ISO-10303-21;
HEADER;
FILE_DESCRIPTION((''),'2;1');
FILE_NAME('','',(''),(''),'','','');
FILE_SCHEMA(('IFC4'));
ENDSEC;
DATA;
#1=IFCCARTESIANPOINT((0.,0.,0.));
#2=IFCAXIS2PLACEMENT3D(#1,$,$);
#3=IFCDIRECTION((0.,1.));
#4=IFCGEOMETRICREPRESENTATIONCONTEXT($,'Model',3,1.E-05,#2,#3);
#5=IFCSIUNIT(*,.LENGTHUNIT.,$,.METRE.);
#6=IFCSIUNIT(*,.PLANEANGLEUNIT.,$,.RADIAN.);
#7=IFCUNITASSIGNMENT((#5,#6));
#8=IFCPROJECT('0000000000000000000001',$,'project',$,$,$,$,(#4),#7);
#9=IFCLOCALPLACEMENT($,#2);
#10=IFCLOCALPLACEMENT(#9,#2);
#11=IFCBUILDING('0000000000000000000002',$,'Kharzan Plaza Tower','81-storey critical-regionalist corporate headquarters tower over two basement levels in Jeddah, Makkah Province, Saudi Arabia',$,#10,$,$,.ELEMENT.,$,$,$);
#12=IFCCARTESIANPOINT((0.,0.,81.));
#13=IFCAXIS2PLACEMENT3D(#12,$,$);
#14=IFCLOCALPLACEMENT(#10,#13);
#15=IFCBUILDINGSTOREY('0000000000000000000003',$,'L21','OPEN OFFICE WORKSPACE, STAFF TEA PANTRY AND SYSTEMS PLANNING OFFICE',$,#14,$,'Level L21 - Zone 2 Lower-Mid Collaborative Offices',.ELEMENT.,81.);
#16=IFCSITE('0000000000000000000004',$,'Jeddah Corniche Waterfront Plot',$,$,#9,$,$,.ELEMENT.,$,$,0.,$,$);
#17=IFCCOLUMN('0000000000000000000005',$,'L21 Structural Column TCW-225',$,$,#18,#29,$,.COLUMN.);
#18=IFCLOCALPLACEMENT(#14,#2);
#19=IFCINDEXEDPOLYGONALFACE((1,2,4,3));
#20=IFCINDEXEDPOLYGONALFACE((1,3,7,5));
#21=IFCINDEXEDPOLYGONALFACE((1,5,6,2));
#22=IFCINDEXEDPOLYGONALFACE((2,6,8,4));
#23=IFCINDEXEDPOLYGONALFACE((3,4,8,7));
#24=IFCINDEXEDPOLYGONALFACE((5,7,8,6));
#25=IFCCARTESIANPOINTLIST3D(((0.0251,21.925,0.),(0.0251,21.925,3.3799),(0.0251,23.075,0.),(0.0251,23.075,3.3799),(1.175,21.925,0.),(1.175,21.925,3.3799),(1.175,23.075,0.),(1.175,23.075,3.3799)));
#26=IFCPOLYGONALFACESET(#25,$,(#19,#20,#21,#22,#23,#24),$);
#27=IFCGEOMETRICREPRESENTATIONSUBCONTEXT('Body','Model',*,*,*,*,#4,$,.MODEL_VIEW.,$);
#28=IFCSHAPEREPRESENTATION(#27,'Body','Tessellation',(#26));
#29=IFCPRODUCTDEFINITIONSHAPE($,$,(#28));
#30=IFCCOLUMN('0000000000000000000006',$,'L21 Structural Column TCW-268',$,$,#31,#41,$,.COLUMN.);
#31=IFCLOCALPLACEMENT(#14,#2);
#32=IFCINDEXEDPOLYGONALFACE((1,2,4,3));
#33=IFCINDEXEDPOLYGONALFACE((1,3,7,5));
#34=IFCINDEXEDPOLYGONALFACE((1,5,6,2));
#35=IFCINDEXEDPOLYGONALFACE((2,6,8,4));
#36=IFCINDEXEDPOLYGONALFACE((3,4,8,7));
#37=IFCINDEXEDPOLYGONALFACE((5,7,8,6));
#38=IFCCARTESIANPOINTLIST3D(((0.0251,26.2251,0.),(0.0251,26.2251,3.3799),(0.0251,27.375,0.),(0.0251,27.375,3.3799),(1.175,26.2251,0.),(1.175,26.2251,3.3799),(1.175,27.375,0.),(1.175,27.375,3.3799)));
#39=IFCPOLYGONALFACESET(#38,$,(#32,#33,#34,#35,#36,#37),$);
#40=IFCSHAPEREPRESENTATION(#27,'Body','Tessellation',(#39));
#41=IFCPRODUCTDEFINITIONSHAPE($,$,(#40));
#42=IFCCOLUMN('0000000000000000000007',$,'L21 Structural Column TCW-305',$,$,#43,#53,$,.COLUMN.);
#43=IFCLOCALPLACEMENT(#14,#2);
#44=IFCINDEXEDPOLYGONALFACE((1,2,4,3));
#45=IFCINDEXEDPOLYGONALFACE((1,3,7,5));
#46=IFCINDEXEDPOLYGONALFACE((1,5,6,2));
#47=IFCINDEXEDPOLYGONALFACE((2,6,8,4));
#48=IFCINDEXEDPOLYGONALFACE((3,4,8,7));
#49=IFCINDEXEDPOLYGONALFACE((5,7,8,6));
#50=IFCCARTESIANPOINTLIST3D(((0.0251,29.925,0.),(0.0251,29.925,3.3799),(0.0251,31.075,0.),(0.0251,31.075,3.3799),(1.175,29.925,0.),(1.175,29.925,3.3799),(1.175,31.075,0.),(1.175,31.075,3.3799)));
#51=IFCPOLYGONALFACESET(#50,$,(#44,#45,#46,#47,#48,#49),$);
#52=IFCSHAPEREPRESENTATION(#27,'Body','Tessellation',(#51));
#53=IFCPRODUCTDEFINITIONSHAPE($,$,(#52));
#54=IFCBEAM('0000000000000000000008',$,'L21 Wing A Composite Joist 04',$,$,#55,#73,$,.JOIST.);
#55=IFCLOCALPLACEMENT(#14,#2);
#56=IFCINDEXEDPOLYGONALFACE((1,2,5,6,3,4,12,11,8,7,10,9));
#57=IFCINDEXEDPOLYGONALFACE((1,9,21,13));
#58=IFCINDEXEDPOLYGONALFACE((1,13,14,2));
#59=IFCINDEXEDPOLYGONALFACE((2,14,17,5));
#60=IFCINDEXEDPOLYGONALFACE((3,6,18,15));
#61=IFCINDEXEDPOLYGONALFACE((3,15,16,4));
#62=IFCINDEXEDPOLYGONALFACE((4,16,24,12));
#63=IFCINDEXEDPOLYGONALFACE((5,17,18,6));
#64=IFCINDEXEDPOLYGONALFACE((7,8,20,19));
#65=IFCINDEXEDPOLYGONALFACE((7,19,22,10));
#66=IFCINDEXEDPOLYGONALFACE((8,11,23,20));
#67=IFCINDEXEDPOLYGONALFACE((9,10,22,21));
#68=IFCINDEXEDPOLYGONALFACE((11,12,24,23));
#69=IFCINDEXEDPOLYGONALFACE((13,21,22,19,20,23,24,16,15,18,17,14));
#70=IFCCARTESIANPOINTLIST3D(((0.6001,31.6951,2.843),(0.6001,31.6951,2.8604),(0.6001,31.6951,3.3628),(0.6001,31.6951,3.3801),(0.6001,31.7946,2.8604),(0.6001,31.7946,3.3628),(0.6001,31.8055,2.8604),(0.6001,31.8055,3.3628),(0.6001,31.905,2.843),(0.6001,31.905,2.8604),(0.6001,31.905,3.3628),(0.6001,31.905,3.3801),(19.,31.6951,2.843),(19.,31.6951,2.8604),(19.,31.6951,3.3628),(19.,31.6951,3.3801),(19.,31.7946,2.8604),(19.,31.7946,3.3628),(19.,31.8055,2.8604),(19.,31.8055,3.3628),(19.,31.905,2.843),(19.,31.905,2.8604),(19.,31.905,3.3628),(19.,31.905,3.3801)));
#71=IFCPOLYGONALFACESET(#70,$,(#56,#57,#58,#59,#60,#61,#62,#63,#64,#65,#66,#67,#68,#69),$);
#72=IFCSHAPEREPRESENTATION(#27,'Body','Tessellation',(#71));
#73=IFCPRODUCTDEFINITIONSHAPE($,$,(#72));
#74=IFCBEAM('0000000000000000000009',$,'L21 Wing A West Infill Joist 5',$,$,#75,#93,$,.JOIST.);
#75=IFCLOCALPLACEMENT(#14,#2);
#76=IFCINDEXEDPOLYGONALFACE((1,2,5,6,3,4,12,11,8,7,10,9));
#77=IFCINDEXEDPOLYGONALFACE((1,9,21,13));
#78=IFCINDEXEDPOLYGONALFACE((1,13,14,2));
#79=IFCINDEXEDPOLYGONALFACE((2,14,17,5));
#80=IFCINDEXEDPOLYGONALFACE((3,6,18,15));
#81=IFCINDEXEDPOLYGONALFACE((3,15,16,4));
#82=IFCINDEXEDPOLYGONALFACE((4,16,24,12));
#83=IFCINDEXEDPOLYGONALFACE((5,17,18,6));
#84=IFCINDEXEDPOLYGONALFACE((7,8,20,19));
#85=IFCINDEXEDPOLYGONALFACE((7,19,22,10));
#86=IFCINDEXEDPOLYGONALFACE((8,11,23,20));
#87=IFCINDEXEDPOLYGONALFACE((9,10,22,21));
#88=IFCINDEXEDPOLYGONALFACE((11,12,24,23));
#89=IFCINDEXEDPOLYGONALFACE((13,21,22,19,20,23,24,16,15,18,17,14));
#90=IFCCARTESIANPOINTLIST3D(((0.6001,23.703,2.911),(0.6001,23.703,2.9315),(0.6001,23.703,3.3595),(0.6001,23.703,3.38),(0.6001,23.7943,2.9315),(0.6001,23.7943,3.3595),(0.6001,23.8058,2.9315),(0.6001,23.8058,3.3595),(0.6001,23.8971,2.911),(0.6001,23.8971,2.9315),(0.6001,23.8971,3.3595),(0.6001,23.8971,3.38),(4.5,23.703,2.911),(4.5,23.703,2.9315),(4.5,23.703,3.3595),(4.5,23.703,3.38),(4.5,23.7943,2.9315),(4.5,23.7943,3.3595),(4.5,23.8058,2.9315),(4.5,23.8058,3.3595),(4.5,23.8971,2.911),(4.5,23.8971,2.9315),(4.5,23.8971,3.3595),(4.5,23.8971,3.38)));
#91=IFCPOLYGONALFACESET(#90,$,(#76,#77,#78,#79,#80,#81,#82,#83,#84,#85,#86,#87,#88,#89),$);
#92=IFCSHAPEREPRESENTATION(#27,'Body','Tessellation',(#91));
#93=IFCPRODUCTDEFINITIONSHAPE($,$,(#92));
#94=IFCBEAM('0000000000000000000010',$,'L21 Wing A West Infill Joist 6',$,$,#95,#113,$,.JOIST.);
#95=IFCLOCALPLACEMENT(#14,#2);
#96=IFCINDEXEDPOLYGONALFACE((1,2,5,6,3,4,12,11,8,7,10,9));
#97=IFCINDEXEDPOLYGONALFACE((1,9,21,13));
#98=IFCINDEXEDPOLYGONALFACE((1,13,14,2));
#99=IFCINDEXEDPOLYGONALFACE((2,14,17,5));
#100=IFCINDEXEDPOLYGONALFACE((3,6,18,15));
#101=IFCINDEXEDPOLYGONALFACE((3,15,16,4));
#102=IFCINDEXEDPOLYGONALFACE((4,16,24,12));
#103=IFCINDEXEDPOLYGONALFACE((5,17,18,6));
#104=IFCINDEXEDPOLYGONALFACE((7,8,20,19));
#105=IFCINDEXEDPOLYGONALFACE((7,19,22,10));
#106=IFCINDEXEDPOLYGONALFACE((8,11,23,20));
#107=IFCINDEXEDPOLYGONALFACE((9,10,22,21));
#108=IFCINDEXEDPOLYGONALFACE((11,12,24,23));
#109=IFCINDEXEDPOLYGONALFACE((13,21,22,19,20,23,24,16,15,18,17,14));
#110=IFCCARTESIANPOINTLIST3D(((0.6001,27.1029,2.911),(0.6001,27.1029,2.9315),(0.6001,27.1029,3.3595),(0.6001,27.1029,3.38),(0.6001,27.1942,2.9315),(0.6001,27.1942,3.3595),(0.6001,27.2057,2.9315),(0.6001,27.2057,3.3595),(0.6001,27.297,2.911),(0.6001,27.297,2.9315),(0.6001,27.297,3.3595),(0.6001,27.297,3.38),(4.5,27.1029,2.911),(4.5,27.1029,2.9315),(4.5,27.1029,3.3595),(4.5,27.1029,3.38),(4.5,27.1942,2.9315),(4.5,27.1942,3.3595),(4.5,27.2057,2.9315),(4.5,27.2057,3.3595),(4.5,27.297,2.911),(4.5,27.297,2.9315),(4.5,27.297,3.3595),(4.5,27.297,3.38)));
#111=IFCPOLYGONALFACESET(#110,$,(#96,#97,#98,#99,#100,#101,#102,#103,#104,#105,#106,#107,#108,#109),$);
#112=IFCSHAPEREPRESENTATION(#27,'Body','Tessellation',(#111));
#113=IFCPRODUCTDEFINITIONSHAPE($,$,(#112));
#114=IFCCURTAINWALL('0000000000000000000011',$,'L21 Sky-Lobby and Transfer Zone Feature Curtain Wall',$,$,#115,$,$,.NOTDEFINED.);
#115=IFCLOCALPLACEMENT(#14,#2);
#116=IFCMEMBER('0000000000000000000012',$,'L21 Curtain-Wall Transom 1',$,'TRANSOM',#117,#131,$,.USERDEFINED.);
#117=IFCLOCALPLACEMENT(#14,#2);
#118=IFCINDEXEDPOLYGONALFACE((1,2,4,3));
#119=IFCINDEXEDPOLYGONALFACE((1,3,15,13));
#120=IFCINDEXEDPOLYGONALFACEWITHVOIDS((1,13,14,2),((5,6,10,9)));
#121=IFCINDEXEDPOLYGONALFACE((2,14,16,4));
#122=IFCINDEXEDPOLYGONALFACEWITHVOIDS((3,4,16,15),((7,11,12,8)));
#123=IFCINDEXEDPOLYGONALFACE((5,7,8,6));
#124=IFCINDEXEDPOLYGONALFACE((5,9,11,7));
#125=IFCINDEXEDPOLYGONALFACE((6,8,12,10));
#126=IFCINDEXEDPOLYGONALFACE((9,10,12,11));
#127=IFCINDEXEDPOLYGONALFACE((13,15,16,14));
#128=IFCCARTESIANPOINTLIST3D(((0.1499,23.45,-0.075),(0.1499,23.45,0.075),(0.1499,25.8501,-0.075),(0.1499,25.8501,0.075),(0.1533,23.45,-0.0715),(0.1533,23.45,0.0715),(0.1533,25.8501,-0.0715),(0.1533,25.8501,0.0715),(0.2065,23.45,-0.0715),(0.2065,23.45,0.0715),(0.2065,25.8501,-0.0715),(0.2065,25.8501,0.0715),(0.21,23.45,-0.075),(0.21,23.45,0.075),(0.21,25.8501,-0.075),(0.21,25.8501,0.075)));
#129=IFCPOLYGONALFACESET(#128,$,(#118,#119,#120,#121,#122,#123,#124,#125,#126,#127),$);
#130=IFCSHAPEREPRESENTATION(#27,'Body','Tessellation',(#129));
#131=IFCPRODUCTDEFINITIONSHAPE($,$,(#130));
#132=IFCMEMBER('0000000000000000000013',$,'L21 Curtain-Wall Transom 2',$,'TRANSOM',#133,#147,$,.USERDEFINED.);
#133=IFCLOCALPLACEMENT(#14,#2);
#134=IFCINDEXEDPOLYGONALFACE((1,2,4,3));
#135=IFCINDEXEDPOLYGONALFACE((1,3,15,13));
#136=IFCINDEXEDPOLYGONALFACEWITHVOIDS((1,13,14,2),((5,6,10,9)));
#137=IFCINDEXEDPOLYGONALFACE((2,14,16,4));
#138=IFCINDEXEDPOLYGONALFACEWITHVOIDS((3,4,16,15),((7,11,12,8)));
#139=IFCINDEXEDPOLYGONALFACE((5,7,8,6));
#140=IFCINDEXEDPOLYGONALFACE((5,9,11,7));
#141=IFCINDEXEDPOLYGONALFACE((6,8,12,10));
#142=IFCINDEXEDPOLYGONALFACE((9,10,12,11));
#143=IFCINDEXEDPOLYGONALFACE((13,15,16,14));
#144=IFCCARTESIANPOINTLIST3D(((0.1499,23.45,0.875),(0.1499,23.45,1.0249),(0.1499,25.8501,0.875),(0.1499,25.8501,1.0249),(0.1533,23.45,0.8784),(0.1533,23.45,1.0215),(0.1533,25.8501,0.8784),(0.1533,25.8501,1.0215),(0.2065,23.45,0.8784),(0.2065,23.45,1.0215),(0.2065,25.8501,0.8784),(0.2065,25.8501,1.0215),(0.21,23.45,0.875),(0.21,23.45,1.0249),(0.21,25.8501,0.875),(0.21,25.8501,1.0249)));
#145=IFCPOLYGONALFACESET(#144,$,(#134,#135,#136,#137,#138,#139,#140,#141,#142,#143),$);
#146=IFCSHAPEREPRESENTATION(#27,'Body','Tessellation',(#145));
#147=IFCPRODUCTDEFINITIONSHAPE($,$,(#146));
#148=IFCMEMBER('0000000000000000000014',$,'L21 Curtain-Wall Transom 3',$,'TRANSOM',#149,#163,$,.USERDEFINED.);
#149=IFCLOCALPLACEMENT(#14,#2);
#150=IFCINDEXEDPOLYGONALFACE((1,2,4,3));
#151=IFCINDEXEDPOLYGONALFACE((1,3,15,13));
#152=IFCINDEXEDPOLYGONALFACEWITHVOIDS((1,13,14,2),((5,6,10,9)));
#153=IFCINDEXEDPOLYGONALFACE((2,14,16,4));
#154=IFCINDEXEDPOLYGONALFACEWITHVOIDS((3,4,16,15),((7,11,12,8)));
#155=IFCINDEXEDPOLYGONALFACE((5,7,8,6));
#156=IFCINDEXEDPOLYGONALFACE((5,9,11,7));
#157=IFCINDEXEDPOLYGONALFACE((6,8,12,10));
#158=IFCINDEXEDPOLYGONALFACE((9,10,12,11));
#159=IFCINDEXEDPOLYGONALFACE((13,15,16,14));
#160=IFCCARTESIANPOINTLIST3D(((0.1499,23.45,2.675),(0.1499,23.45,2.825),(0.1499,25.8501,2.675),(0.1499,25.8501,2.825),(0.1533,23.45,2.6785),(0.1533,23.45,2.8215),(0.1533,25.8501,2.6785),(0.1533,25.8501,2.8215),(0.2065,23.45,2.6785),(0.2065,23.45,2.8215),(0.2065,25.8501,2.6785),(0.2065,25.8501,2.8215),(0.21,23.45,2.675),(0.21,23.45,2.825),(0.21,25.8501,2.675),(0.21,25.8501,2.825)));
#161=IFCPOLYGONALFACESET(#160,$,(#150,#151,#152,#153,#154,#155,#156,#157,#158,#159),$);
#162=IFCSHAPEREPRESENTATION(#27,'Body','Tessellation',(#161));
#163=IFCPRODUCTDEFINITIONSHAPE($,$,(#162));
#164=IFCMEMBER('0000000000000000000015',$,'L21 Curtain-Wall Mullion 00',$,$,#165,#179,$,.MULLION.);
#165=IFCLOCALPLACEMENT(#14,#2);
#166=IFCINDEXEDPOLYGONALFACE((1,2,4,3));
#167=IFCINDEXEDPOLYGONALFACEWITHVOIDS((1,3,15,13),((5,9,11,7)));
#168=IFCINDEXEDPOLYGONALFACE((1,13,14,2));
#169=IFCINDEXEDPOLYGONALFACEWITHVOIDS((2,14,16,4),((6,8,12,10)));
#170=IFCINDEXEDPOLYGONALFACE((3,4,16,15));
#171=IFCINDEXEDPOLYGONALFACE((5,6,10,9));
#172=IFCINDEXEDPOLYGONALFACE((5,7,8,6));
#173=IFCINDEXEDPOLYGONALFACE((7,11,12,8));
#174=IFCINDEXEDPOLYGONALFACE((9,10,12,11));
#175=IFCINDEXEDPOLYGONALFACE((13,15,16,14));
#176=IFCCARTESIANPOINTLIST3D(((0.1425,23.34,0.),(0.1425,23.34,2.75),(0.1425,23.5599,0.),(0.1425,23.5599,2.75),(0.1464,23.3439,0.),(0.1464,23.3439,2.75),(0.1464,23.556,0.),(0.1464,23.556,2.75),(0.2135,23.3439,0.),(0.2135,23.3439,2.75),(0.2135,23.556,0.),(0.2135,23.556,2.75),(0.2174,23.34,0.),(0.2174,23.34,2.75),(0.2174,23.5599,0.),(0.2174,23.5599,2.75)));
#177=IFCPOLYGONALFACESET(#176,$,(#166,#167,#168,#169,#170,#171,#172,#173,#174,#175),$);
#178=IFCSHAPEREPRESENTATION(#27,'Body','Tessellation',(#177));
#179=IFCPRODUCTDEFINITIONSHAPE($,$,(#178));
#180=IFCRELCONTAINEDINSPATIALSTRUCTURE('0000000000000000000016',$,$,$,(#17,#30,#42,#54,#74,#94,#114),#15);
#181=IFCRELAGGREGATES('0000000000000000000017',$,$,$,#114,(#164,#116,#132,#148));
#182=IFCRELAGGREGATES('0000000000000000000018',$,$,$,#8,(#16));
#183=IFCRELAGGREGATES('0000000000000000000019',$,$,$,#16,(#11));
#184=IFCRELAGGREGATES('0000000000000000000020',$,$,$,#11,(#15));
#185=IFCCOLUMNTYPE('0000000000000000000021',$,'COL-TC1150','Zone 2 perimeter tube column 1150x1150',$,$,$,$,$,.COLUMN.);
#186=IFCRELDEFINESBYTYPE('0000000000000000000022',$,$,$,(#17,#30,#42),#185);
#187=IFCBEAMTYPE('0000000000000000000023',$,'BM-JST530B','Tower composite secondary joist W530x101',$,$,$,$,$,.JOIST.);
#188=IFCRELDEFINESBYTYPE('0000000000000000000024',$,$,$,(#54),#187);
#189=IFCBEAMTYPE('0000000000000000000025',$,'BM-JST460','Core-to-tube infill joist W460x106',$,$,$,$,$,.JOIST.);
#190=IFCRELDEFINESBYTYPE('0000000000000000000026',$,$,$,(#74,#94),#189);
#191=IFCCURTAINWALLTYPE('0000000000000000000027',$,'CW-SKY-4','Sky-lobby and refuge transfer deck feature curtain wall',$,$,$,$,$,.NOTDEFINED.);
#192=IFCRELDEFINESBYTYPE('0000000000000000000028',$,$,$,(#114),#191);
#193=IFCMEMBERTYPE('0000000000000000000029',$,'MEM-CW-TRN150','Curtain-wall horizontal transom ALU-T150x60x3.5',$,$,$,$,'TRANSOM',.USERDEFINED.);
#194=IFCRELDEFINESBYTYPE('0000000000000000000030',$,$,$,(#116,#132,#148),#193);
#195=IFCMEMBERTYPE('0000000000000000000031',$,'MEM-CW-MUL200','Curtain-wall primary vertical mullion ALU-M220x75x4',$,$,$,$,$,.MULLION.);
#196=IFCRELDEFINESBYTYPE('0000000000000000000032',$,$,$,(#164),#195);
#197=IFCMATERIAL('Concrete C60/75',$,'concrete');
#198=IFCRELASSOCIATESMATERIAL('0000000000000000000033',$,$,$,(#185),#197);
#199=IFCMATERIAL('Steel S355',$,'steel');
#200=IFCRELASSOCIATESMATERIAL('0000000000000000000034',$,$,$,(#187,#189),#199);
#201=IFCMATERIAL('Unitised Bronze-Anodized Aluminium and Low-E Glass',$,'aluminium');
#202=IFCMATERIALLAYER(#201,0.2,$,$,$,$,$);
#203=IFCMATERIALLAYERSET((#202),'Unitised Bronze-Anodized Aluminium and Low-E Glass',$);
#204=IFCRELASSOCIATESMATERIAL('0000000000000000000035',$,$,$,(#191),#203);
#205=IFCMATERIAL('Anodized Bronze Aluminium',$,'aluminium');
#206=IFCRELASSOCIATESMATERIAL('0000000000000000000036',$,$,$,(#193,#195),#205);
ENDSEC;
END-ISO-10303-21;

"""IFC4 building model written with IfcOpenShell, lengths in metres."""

from ifc_helpers import new_model, si_unit, direction, frame, origin, origin_2d, place, context, subcontext, project, spatial, rectangle, hollow_rectangle, i_section, extrude, source, transform, mapped, material, layer, layer_set, material_profile, profile_set, type_object, element, aggregate, save


model = new_model("IFC4")

# Units and contexts
model_context = context("Model", 3, precision=1e-05, world=origin(), true_north=direction((0.0, 1.0)))
body_context = subcontext(model_context, "Body", "Model", "MODEL_VIEW")
ifc_project = project(units=[si_unit("LENGTHUNIT", "METRE"), si_unit("PLANEANGLEUNIT", "RADIAN")], contexts=[model_context])

# Site, building, storey
site_placement = place(None, origin())
site = spatial("IfcSite", under=ifc_project, at=site_placement, Name="Jeddah Corniche Waterfront Plot", CompositionType="ELEMENT", RefElevation=0.0)
building_placement = place(site_placement, origin())
building = spatial("IfcBuilding", under=site, at=building_placement, Name="Kharzan Plaza Tower", Description="81-storey critical-regionalist corporate headquarters tower over two basement levels in Jeddah, Makkah Province, Saudi Arabia", CompositionType="ELEMENT")
storey_placement = place(building_placement, frame((0.0, 0.0, 81.0)))
storey = spatial("IfcBuildingStorey", under=building, at=storey_placement, Name="L21", Description="OPEN OFFICE WORKSPACE, STAFF TEA PANTRY AND SYSTEMS PLANNING OFFICE", LongName="Level L21 - Zone 2 Lower-Mid Collaborative Offices", CompositionType="ELEMENT", Elevation=81.0)

# Columns
ifc_material_1 = material(Name="Concrete C60/75", Category="concrete")
ifc_material_profile_1 = material_profile(ifc_material_1, rectangle(XDim=1.1499, YDim=1.1499, at=origin_2d()), Name="RC-TC1150x1150")
ifc_profile_set_1 = profile_set([ifc_material_profile_1], Name="Concrete C60/75")
column_type = type_object("IfcColumnType", Name="COL-TC1150", Description="Zone 2 perimeter tube column 1150x1150", PredefinedType="COLUMN", material=ifc_profile_set_1)
shared_shape_1 = source(origin(), body_context, "Body", "SweptSolid", [
    extrude(rectangle(XDim=1.1499, YDim=1.1499, at=origin_2d()), origin(), (0.0, 0.0, 1.0), 3.3799),
])
for number, where, z_axis, x_axis, name in (
    (1, (0.6001, 22.5, 0.0), (0.0, 0.0, 1.0), (1.0, 0.0, 0.0), "L21 Structural Column TCW-225"),
    (2, (0.6001, 26.8, 0.0), (0.0, 0.0, 1.0), (1.0, 0.0, 0.0), "L21 Structural Column TCW-268"),
    (3, (0.6001, 30.5, 0.0), (0.0, 0.0, 1.0), (1.0, 0.0, 0.0), "L21 Structural Column TCW-305"),
):
    element("IfcColumn", number, at=place(storey_placement, frame(where, z_axis=z_axis, x_axis=x_axis)), inside=storey, type_object=column_type, Name=name, PredefinedType="COLUMN", context=body_context, shape_type="MappedRepresentation", body=[
        mapped(shared_shape_1, transform((0.0, 0.0, 0.0), x_axis=(1.0, 0.0, 0.0), y_axis=(0.0, 1.0, 0.0), z_axis=(0.0, 0.0, 1.0))),
    ])

# Beams
ifc_material_2 = material(Name="Steel S355", Category="steel")
ifc_material_profile_2 = material_profile(ifc_material_2, i_section(OverallWidth=0.21, OverallDepth=0.5371, WebThickness=0.011, FlangeThickness=0.0173, at=origin_2d()), Name="W530x101")
ifc_profile_set_2 = profile_set([ifc_material_profile_2], Name="Steel S355")
beam_type_1 = type_object("IfcBeamType", Name="BM-JST530B", Description="Tower composite secondary joist W530x101", PredefinedType="JOIST", material=ifc_profile_set_2)
shared_shape_2 = source(origin(), body_context, "Body", "SweptSolid", [
    extrude(i_section(OverallWidth=0.21, OverallDepth=0.5371, WebThickness=0.011, FlangeThickness=0.0173, at=origin_2d()), origin(), (0.0, 0.0, 1.0), 18.3999),
])
beam_1_placement = place(storey_placement, frame((0.6001, 31.8, 3.1116), z_axis=(1.0, 0.0, 0.0), x_axis=(0.0, 1.0, 0.0)))
element("IfcBeam", 4, at=beam_1_placement, inside=storey, type_object=beam_type_1, Name="L21 Wing A Composite Joist 04", PredefinedType="JOIST", context=body_context, shape_type="MappedRepresentation", body=[
    mapped(shared_shape_2, transform((0.0, 0.0, 0.0), x_axis=(1.0, 0.0, 0.0), y_axis=(0.0, 1.0, 0.0), z_axis=(0.0, 0.0, 1.0))),
])
ifc_material_profile_3 = material_profile(ifc_material_2, i_section(OverallWidth=0.1941, OverallDepth=0.469, WebThickness=0.0115, FlangeThickness=0.0205, at=origin_2d()), Name="W460x106")
ifc_profile_set_3 = profile_set([ifc_material_profile_3], Name="Steel S355")
beam_type_2 = type_object("IfcBeamType", Name="BM-JST460", Description="Core-to-tube infill joist W460x106", PredefinedType="JOIST", material=ifc_profile_set_3)
shared_shape_3 = source(origin(), body_context, "Body", "SweptSolid", [
    extrude(i_section(OverallWidth=0.1941, OverallDepth=0.469, WebThickness=0.0115, FlangeThickness=0.0205, at=origin_2d()), origin(), (0.0, 0.0, 1.0), 3.8999),
])
for number, where, z_axis, x_axis, name in (
    (5, (0.6001, 23.8, 3.1455), (1.0, 0.0, 0.0), (0.0, 1.0, 0.0), "L21 Wing A West Infill Joist 5"),
    (6, (0.6001, 27.2, 3.1455), (1.0, 0.0, 0.0), (0.0, 1.0, 0.0), "L21 Wing A West Infill Joist 6"),
):
    element("IfcBeam", number, at=place(storey_placement, frame(where, z_axis=z_axis, x_axis=x_axis)), inside=storey, type_object=beam_type_2, Name=name, PredefinedType="JOIST", context=body_context, shape_type="MappedRepresentation", body=[
        mapped(shared_shape_3, transform((0.0, 0.0, 0.0), x_axis=(1.0, 0.0, 0.0), y_axis=(0.0, 1.0, 0.0), z_axis=(0.0, 0.0, 1.0))),
    ])

# Curtain wall, members
ifc_material_3 = material(Name="Unitised Bronze-Anodized Aluminium and Low-E Glass", Category="aluminium")
ifc_layer_1 = layer(ifc_material_3, 0.2)
ifc_layer_set_1 = layer_set([ifc_layer_1], Name="Unitised Bronze-Anodized Aluminium and Low-E Glass")
curtain_wall_type = type_object("IfcCurtainWallType", Name="CW-SKY-4", Description="Sky-lobby and refuge transfer deck feature curtain wall", PredefinedType="NOTDEFINED", material=ifc_layer_set_1)
curtain_wall_placement = place(storey_placement, origin())
curtain_wall = element("IfcCurtainWall", 7, at=curtain_wall_placement, inside=storey, type_object=curtain_wall_type, Name="L21 Sky-Lobby and Transfer Zone Feature Curtain Wall", PredefinedType="NOTDEFINED")
ifc_material_4 = material(Name="Anodized Bronze Aluminium", Category="aluminium")
ifc_material_profile_4 = material_profile(ifc_material_4, hollow_rectangle(XDim=0.0601, YDim=0.1499, WallThickness=0.0034, at=origin_2d()), Name="ALU-T150x60x3.5")
ifc_profile_set_4 = profile_set([ifc_material_profile_4], Name="Anodized Bronze Aluminium")
member_type_1 = type_object("IfcMemberType", Name="MEM-CW-TRN150", Description="Curtain-wall horizontal transom ALU-T150x60x3.5", ElementType="TRANSOM", PredefinedType="USERDEFINED", material=ifc_profile_set_4)
shared_shape_4 = source(origin(), body_context, "Body", "SweptSolid", [
    extrude(hollow_rectangle(XDim=0.0601, YDim=0.1499, WallThickness=0.0034, at=origin_2d()), origin(), (0.0, 0.0, 1.0), 2.4001),
])
member_1_placement = place(storey_placement, frame((0.1799, 23.45, 0.0), z_axis=(0.0, 1.0, 0.0), x_axis=(-1.0, 0.0, 0.0)))
member_1 = element("IfcMember", 8, at=member_1_placement, type_object=member_type_1, Name="L21 Curtain-Wall Transom 1", ObjectType="TRANSOM", PredefinedType="USERDEFINED", context=body_context, shape_type="MappedRepresentation", body=[
    mapped(shared_shape_4, transform((0.0, 0.0, 0.0), x_axis=(1.0, 0.0, 0.0), y_axis=(0.0, 1.0, 0.0), z_axis=(0.0, 0.0, 1.0))),
])
member_2_placement = place(storey_placement, frame((0.1799, 23.45, 0.95), z_axis=(0.0, 1.0, 0.0), x_axis=(-1.0, 0.0, 0.0)))
member_2 = element("IfcMember", 9, at=member_2_placement, type_object=member_type_1, Name="L21 Curtain-Wall Transom 2", ObjectType="TRANSOM", PredefinedType="USERDEFINED", context=body_context, shape_type="MappedRepresentation", body=[
    mapped(shared_shape_4, transform((0.0, 0.0, 0.0), x_axis=(1.0, 0.0, 0.0), y_axis=(0.0, 1.0, 0.0), z_axis=(0.0, 0.0, 1.0))),
])
member_3_placement = place(storey_placement, frame((0.1799, 23.45, 2.75), z_axis=(0.0, 1.0, 0.0), x_axis=(-1.0, 0.0, 0.0)))
member_3 = element("IfcMember", 10, at=member_3_placement, type_object=member_type_1, Name="L21 Curtain-Wall Transom 3", ObjectType="TRANSOM", PredefinedType="USERDEFINED", context=body_context, shape_type="MappedRepresentation", body=[
    mapped(shared_shape_4, transform((0.0, 0.0, 0.0), x_axis=(1.0, 0.0, 0.0), y_axis=(0.0, 1.0, 0.0), z_axis=(0.0, 0.0, 1.0))),
])
ifc_material_profile_5 = material_profile(ifc_material_4, hollow_rectangle(XDim=0.075, YDim=0.22, WallThickness=0.0039, at=origin_2d()), Name="ALU-M220x75x4")
ifc_profile_set_5 = profile_set([ifc_material_profile_5], Name="Anodized Bronze Aluminium")
member_type_2 = type_object("IfcMemberType", Name="MEM-CW-MUL200", Description="Curtain-wall primary vertical mullion ALU-M220x75x4", PredefinedType="MULLION", material=ifc_profile_set_5)
shared_shape_5 = source(origin(), body_context, "Body", "SweptSolid", [
    extrude(hollow_rectangle(XDim=0.075, YDim=0.22, WallThickness=0.0039, at=origin_2d()), origin(), (0.0, 0.0, 1.0), 2.75),
])
member_4_placement = place(storey_placement, frame((0.1799, 23.45, 0.0), z_axis=(0.0, 0.0, 1.0), x_axis=(1.0, 0.0, 0.0)))
member_4 = element("IfcMember", 11, at=member_4_placement, type_object=member_type_2, Name="L21 Curtain-Wall Mullion 00", PredefinedType="MULLION", context=body_context, shape_type="MappedRepresentation", body=[
    mapped(shared_shape_5, transform((0.0, 0.0, 0.0), x_axis=(1.0, 0.0, 0.0), y_axis=(0.0, 1.0, 0.0), z_axis=(0.0, 0.0, 1.0))),
])

aggregate(curtain_wall, [member_4, member_1, member_2, member_3])

save(model, "model.ifc")
